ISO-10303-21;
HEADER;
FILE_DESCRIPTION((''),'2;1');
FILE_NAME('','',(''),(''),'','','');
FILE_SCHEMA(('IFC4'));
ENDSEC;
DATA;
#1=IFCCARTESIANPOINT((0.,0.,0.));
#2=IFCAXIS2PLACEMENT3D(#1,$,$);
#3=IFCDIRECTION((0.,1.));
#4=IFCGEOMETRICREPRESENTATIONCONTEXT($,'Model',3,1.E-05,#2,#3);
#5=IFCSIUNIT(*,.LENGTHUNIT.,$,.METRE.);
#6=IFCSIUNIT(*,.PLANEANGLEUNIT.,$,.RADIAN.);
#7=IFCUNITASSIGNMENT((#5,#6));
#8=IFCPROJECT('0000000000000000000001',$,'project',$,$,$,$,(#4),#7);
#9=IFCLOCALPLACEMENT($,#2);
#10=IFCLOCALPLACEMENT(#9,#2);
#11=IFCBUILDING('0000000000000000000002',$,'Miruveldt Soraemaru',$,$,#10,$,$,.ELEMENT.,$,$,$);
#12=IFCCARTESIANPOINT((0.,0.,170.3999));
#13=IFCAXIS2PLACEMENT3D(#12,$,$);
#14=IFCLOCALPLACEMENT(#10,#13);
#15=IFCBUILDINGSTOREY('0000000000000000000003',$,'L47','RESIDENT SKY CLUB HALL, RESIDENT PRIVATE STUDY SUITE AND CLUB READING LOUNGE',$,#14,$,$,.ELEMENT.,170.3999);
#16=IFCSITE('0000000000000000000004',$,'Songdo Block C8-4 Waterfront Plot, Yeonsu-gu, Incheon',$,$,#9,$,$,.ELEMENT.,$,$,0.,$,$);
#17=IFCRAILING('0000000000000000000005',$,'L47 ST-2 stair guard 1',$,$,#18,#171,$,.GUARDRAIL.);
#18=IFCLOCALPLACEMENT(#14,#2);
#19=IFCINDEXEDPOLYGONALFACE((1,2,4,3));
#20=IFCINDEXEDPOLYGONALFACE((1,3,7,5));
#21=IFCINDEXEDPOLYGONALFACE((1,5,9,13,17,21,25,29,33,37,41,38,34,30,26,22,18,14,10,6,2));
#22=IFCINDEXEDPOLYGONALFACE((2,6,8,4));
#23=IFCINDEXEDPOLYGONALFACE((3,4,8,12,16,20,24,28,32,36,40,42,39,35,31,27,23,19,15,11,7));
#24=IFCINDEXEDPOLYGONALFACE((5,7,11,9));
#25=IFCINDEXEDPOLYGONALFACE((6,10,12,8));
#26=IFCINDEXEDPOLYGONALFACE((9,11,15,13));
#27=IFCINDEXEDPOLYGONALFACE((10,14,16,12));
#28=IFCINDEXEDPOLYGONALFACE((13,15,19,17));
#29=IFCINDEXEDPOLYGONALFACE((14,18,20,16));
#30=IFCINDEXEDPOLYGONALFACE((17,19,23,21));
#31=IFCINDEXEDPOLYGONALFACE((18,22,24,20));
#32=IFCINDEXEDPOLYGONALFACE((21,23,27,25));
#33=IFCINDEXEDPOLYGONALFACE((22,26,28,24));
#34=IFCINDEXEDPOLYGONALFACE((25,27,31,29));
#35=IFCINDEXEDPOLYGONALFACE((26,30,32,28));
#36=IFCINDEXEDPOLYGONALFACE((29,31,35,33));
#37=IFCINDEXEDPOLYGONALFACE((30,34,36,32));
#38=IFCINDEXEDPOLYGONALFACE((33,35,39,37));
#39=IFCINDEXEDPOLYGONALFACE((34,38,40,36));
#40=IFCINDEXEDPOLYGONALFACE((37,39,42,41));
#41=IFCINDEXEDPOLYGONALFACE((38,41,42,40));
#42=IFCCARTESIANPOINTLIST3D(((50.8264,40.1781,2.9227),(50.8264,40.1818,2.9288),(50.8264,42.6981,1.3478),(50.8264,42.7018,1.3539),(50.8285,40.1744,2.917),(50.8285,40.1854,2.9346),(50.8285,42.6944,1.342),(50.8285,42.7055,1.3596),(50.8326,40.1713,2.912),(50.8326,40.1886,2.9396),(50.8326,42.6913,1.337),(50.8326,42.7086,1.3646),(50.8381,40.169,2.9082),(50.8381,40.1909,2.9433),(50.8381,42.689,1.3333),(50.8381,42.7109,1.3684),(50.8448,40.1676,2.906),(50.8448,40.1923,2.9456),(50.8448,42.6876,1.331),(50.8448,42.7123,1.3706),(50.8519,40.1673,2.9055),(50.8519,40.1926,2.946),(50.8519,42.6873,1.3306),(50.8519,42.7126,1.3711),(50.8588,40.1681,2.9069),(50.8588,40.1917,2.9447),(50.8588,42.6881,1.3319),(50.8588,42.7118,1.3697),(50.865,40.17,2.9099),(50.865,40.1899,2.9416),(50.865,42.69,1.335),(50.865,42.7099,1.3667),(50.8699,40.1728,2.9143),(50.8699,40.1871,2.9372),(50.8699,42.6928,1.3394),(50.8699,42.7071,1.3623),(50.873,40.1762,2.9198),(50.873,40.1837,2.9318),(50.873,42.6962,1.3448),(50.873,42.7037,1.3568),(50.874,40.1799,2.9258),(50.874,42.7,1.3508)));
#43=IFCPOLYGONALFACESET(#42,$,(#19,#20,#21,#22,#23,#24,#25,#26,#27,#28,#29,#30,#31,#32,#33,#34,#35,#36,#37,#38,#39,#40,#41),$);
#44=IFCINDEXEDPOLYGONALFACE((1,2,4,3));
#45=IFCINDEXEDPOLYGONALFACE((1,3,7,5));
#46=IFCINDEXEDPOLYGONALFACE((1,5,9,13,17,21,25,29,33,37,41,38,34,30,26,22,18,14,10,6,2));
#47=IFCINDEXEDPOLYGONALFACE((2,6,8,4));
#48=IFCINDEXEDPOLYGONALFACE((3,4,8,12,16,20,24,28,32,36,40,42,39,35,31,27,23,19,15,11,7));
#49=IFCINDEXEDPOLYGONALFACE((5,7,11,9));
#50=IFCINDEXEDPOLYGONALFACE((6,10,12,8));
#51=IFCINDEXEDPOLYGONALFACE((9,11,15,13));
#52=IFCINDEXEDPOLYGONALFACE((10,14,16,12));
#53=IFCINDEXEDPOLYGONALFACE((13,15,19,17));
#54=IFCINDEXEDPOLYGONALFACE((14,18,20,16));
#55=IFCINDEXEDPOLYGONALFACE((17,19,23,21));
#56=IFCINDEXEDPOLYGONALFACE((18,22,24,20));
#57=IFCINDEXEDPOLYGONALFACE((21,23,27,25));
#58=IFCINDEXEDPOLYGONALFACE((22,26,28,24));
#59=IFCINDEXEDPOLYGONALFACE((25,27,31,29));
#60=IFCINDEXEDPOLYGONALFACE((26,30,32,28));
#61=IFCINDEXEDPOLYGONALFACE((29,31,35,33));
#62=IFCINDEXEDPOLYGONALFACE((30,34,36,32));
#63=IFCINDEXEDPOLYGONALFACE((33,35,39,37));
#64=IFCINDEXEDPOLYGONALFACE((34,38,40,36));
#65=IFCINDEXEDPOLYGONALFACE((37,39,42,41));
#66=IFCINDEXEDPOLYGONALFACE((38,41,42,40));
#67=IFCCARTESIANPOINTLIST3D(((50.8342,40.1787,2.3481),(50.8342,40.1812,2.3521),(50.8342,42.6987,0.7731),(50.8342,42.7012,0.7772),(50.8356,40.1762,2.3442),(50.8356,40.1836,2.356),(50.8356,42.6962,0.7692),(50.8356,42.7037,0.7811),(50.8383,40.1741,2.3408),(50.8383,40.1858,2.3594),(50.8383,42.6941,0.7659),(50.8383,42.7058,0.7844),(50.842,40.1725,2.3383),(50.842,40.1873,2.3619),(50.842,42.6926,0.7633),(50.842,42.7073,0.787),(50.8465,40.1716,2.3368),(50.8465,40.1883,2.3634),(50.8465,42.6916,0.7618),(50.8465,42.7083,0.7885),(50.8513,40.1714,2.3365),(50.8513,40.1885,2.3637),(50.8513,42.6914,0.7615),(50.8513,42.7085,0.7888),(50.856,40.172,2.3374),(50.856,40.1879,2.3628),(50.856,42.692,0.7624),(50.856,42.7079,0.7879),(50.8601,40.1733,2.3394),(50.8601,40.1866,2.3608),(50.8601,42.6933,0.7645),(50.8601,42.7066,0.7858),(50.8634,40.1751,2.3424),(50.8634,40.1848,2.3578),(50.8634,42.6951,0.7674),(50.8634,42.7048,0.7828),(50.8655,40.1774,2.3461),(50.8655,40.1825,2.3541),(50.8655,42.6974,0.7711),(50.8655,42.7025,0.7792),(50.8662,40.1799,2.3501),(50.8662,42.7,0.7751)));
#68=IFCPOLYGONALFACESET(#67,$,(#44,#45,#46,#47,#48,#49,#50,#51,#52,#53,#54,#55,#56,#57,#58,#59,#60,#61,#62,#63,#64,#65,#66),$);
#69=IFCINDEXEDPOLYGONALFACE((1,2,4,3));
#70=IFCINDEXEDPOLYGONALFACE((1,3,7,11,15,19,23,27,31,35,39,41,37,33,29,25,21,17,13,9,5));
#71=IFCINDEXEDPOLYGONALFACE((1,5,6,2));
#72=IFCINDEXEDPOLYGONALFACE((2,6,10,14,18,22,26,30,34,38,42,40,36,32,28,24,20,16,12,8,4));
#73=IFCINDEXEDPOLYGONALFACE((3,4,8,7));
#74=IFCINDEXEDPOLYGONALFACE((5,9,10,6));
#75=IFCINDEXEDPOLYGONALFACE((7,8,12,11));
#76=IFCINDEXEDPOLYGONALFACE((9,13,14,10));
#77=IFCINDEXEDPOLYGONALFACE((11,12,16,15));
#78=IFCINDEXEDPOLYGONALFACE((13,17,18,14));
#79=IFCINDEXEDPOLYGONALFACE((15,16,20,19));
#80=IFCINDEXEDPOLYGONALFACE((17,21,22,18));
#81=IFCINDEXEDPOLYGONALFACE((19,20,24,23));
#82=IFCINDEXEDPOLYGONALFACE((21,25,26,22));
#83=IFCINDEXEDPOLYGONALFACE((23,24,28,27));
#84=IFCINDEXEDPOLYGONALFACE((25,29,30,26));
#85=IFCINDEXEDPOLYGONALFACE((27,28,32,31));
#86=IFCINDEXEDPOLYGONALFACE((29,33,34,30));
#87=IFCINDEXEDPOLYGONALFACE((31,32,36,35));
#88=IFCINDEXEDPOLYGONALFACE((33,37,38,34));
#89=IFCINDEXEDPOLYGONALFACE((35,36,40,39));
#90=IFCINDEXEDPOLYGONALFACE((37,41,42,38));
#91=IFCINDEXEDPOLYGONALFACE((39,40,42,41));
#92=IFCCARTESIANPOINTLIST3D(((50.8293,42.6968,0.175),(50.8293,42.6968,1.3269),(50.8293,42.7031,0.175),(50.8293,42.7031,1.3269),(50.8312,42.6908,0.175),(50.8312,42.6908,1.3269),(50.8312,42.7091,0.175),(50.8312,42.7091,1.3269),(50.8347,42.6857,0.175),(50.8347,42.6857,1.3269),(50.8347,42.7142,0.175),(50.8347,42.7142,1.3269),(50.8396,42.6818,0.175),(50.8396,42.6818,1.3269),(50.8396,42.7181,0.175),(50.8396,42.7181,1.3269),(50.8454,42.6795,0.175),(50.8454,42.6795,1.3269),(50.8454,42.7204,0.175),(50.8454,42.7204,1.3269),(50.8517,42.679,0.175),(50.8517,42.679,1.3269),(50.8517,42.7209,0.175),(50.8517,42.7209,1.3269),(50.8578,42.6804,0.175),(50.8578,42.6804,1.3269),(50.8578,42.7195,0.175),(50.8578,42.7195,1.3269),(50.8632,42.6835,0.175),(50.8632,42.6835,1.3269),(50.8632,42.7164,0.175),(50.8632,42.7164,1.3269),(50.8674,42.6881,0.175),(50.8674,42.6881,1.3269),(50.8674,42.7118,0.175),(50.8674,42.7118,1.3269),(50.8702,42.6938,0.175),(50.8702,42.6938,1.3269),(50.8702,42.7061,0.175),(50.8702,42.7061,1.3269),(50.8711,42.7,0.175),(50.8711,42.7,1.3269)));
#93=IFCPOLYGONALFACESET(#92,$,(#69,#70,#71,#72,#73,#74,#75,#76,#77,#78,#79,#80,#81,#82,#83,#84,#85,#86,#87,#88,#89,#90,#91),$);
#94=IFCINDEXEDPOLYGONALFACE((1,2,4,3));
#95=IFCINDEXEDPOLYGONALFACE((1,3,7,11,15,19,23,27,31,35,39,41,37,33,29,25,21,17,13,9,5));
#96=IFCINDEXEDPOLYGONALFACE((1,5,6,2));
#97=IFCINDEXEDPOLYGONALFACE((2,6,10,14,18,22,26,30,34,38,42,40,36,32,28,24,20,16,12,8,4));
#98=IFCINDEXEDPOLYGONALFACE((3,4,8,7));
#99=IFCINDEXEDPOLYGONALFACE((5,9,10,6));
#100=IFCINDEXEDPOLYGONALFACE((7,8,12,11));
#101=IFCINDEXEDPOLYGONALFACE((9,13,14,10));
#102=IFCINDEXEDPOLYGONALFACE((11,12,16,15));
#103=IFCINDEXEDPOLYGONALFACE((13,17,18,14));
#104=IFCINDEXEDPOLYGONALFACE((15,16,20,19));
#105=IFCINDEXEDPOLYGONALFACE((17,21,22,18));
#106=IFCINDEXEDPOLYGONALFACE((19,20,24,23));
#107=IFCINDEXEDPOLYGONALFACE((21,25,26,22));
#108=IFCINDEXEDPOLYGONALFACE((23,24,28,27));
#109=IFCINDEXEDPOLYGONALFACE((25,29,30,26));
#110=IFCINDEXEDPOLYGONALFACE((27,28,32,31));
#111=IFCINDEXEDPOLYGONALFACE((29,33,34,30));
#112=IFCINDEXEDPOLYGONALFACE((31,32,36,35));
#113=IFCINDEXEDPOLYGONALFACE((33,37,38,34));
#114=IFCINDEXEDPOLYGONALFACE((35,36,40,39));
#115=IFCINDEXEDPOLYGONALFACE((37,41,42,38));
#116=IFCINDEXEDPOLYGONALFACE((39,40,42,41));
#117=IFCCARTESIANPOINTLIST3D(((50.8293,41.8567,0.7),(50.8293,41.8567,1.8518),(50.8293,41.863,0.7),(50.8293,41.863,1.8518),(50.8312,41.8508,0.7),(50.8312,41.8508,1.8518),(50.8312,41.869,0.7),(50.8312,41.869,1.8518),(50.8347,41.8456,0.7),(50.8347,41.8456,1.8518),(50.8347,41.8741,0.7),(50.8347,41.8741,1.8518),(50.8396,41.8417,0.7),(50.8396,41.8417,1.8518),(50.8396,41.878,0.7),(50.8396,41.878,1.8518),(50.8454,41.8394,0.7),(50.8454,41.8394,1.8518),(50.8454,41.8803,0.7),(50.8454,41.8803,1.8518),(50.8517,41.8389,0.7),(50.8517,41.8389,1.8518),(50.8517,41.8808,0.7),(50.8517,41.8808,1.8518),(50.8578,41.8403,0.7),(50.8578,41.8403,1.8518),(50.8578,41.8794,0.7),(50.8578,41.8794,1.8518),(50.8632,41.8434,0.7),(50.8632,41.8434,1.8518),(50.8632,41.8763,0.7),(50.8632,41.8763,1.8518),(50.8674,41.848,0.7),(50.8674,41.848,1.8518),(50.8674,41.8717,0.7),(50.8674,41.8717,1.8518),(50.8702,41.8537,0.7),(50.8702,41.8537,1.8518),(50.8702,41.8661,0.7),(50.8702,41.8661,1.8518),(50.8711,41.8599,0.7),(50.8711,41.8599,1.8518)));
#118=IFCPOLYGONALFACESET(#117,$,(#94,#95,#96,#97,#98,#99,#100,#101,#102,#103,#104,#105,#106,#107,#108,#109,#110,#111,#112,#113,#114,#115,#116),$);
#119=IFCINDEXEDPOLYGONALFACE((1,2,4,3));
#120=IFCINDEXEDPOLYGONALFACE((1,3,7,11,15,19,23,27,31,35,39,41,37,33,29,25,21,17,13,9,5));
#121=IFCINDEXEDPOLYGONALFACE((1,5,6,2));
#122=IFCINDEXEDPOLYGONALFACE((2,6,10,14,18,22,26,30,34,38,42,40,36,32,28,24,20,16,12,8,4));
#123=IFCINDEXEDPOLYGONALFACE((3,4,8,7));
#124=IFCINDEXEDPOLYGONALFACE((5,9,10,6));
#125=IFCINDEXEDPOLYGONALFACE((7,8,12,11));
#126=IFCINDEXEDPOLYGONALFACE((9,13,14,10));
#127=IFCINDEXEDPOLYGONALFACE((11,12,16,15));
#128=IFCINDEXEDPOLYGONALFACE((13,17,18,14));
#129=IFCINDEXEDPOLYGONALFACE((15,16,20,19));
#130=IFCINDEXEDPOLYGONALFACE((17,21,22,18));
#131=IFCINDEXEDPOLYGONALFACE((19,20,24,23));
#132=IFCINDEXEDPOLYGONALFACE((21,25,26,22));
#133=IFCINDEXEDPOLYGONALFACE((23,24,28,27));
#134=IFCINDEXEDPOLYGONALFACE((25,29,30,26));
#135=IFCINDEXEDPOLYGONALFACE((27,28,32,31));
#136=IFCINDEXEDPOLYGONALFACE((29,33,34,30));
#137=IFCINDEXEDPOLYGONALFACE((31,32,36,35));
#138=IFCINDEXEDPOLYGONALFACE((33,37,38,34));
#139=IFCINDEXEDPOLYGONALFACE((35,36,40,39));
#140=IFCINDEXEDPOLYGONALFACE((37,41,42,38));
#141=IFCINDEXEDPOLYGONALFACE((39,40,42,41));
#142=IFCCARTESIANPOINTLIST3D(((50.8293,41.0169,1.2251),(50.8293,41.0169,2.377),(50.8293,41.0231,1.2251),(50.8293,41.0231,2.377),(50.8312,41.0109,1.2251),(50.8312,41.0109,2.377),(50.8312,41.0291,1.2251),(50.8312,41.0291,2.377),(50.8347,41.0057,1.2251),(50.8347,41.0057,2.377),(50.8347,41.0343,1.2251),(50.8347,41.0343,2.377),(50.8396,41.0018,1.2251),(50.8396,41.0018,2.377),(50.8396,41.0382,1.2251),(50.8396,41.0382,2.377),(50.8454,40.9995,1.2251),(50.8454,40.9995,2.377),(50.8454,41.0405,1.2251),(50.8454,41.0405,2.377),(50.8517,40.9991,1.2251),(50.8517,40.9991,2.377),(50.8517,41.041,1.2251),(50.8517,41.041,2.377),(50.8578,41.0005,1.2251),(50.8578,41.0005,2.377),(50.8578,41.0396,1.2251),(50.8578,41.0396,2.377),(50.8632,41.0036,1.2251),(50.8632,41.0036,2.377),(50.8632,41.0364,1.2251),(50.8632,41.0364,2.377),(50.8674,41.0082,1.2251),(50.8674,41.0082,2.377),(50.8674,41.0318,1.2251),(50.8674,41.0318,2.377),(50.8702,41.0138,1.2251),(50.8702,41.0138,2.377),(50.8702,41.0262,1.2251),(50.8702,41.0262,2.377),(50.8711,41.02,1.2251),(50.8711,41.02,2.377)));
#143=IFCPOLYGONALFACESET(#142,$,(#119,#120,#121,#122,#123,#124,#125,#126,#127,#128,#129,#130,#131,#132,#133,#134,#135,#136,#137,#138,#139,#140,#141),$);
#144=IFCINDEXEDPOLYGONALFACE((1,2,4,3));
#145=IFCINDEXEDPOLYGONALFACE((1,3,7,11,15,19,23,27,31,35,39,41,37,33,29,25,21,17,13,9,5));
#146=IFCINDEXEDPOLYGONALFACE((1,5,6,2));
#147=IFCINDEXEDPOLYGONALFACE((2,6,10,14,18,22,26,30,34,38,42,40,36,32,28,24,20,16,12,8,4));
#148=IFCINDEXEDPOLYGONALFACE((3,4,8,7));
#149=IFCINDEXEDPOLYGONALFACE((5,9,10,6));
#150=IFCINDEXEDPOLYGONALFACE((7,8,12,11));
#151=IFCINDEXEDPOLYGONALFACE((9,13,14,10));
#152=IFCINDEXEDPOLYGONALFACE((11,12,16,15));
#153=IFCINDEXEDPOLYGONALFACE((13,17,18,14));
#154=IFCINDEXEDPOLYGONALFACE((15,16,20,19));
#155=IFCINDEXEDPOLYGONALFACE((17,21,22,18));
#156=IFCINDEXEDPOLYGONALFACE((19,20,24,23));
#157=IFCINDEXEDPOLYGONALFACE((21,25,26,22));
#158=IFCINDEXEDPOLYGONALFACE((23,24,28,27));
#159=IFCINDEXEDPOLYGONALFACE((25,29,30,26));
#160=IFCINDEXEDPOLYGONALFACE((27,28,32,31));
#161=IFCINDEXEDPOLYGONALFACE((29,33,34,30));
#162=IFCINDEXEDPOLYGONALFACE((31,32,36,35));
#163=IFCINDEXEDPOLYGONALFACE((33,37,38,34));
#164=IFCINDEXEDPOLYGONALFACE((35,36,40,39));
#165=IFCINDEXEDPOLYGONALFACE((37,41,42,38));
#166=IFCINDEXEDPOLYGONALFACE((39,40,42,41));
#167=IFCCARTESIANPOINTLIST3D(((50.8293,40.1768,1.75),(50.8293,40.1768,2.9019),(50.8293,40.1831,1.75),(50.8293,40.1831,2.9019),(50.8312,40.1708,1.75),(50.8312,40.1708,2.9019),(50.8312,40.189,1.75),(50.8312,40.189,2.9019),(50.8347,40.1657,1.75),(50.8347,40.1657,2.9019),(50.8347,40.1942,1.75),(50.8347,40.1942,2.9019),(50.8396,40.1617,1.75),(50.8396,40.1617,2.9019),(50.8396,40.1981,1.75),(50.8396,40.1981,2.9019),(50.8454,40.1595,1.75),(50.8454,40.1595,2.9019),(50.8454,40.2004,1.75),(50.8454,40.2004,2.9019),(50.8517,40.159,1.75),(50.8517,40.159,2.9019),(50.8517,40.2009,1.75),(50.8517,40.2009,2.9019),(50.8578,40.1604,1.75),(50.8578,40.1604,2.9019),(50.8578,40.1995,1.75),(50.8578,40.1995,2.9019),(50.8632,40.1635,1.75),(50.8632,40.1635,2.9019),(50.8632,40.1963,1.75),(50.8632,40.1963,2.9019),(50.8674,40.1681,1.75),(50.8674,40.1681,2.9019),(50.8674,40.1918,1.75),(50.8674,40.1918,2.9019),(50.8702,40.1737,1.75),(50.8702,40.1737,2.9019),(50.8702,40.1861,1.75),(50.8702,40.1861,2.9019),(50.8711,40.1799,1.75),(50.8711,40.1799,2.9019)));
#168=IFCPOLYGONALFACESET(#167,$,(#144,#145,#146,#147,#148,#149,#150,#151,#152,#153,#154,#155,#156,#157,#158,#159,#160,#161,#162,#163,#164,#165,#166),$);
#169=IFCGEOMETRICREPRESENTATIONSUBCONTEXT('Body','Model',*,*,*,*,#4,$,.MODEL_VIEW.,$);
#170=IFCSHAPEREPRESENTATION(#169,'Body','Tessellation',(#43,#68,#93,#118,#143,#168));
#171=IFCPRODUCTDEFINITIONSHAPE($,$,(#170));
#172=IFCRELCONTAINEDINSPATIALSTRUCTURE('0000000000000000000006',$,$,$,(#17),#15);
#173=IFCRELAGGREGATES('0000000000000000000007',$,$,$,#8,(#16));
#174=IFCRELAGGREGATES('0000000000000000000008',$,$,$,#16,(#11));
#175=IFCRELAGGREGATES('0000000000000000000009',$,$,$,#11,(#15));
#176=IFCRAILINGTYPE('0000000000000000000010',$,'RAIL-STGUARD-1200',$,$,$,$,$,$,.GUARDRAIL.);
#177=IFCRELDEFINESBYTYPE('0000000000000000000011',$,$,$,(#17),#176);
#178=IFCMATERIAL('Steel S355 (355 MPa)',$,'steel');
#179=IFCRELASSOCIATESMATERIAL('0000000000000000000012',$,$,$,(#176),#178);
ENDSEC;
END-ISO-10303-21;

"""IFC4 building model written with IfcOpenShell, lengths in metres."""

from ifc_helpers import new_model, si_unit, direction, frame, origin, origin_2d, place, context, subcontext, project, spatial, circle, extrude, material, type_object, element, save


model = new_model("IFC4")

# Units and contexts
model_context = context("Model", 3, precision=1e-05, world=origin(), true_north=direction((0.0, 1.0)))
body_context = subcontext(model_context, "Body", "Model", "MODEL_VIEW")
ifc_project = project(units=[si_unit("LENGTHUNIT", "METRE"), si_unit("PLANEANGLEUNIT", "RADIAN")], contexts=[model_context])

# Site, building, storey
site_placement = place(None, origin())
site = spatial("IfcSite", under=ifc_project, at=site_placement, Name="Songdo Block C8-4 Waterfront Plot, Yeonsu-gu, Incheon", CompositionType="ELEMENT", RefElevation=0.0)
building_placement = place(site_placement, origin())
building = spatial("IfcBuilding", under=site, at=building_placement, Name="Miruveldt Soraemaru", CompositionType="ELEMENT")
storey_placement = place(building_placement, frame((0.0, 0.0, 170.3999)))
storey = spatial("IfcBuildingStorey", under=building, at=storey_placement, Name="L47", Description="RESIDENT SKY CLUB HALL, RESIDENT PRIVATE STUDY SUITE AND CLUB READING LOUNGE", CompositionType="ELEMENT", Elevation=170.3999)

# Railing
ifc_material_1 = material(Name="Steel S355 (355 MPa)", Category="steel")
railing_type = type_object("IfcRailingType", Name="RAIL-STGUARD-1200", PredefinedType="GUARDRAIL", material=ifc_material_1)
railing_1_placement = place(storey_placement, frame((50.8501, 42.7, 0.175)))
element("IfcRailing", 1, at=railing_1_placement, inside=storey, type_object=railing_type, Name="L47 ST-2 stair guard 1", PredefinedType="GUARDRAIL", context=body_context, shape_type="SweptSolid", body=[
    extrude(circle(Radius=0.0239, at=origin_2d()), frame((0.0, 0.0, 1.1758), z_axis=(0.0, -0.848008, 0.529984), x_axis=(1.0, 0.0, 0.0)), (0.0, 0.0, 1.0), 2.9717),
    extrude(circle(Radius=0.0161, at=origin_2d()), frame((0.0, 0.0, 0.6001), z_axis=(0.0, -0.848008, 0.529984), x_axis=(1.0, 0.0, 0.0)), (0.0, 0.0, 1.0), 2.9717),
    extrude(circle(Radius=0.021, at=origin_2d()), origin(), (0.0, 0.0, 1.0), 1.1519),
    extrude(circle(Radius=0.021, at=origin_2d()), frame((0.0, -0.8401, 0.5249)), (0.0, 0.0, 1.0), 1.1519),
    extrude(circle(Radius=0.021, at=origin_2d()), frame((0.0, -1.6799, 1.05)), (0.0, 0.0, 1.0), 1.1519),
    extrude(circle(Radius=0.021, at=origin_2d()), frame((0.0, -2.52, 1.575)), (0.0, 0.0, 1.0), 1.1519),
])

save(model, "model.ifc")
